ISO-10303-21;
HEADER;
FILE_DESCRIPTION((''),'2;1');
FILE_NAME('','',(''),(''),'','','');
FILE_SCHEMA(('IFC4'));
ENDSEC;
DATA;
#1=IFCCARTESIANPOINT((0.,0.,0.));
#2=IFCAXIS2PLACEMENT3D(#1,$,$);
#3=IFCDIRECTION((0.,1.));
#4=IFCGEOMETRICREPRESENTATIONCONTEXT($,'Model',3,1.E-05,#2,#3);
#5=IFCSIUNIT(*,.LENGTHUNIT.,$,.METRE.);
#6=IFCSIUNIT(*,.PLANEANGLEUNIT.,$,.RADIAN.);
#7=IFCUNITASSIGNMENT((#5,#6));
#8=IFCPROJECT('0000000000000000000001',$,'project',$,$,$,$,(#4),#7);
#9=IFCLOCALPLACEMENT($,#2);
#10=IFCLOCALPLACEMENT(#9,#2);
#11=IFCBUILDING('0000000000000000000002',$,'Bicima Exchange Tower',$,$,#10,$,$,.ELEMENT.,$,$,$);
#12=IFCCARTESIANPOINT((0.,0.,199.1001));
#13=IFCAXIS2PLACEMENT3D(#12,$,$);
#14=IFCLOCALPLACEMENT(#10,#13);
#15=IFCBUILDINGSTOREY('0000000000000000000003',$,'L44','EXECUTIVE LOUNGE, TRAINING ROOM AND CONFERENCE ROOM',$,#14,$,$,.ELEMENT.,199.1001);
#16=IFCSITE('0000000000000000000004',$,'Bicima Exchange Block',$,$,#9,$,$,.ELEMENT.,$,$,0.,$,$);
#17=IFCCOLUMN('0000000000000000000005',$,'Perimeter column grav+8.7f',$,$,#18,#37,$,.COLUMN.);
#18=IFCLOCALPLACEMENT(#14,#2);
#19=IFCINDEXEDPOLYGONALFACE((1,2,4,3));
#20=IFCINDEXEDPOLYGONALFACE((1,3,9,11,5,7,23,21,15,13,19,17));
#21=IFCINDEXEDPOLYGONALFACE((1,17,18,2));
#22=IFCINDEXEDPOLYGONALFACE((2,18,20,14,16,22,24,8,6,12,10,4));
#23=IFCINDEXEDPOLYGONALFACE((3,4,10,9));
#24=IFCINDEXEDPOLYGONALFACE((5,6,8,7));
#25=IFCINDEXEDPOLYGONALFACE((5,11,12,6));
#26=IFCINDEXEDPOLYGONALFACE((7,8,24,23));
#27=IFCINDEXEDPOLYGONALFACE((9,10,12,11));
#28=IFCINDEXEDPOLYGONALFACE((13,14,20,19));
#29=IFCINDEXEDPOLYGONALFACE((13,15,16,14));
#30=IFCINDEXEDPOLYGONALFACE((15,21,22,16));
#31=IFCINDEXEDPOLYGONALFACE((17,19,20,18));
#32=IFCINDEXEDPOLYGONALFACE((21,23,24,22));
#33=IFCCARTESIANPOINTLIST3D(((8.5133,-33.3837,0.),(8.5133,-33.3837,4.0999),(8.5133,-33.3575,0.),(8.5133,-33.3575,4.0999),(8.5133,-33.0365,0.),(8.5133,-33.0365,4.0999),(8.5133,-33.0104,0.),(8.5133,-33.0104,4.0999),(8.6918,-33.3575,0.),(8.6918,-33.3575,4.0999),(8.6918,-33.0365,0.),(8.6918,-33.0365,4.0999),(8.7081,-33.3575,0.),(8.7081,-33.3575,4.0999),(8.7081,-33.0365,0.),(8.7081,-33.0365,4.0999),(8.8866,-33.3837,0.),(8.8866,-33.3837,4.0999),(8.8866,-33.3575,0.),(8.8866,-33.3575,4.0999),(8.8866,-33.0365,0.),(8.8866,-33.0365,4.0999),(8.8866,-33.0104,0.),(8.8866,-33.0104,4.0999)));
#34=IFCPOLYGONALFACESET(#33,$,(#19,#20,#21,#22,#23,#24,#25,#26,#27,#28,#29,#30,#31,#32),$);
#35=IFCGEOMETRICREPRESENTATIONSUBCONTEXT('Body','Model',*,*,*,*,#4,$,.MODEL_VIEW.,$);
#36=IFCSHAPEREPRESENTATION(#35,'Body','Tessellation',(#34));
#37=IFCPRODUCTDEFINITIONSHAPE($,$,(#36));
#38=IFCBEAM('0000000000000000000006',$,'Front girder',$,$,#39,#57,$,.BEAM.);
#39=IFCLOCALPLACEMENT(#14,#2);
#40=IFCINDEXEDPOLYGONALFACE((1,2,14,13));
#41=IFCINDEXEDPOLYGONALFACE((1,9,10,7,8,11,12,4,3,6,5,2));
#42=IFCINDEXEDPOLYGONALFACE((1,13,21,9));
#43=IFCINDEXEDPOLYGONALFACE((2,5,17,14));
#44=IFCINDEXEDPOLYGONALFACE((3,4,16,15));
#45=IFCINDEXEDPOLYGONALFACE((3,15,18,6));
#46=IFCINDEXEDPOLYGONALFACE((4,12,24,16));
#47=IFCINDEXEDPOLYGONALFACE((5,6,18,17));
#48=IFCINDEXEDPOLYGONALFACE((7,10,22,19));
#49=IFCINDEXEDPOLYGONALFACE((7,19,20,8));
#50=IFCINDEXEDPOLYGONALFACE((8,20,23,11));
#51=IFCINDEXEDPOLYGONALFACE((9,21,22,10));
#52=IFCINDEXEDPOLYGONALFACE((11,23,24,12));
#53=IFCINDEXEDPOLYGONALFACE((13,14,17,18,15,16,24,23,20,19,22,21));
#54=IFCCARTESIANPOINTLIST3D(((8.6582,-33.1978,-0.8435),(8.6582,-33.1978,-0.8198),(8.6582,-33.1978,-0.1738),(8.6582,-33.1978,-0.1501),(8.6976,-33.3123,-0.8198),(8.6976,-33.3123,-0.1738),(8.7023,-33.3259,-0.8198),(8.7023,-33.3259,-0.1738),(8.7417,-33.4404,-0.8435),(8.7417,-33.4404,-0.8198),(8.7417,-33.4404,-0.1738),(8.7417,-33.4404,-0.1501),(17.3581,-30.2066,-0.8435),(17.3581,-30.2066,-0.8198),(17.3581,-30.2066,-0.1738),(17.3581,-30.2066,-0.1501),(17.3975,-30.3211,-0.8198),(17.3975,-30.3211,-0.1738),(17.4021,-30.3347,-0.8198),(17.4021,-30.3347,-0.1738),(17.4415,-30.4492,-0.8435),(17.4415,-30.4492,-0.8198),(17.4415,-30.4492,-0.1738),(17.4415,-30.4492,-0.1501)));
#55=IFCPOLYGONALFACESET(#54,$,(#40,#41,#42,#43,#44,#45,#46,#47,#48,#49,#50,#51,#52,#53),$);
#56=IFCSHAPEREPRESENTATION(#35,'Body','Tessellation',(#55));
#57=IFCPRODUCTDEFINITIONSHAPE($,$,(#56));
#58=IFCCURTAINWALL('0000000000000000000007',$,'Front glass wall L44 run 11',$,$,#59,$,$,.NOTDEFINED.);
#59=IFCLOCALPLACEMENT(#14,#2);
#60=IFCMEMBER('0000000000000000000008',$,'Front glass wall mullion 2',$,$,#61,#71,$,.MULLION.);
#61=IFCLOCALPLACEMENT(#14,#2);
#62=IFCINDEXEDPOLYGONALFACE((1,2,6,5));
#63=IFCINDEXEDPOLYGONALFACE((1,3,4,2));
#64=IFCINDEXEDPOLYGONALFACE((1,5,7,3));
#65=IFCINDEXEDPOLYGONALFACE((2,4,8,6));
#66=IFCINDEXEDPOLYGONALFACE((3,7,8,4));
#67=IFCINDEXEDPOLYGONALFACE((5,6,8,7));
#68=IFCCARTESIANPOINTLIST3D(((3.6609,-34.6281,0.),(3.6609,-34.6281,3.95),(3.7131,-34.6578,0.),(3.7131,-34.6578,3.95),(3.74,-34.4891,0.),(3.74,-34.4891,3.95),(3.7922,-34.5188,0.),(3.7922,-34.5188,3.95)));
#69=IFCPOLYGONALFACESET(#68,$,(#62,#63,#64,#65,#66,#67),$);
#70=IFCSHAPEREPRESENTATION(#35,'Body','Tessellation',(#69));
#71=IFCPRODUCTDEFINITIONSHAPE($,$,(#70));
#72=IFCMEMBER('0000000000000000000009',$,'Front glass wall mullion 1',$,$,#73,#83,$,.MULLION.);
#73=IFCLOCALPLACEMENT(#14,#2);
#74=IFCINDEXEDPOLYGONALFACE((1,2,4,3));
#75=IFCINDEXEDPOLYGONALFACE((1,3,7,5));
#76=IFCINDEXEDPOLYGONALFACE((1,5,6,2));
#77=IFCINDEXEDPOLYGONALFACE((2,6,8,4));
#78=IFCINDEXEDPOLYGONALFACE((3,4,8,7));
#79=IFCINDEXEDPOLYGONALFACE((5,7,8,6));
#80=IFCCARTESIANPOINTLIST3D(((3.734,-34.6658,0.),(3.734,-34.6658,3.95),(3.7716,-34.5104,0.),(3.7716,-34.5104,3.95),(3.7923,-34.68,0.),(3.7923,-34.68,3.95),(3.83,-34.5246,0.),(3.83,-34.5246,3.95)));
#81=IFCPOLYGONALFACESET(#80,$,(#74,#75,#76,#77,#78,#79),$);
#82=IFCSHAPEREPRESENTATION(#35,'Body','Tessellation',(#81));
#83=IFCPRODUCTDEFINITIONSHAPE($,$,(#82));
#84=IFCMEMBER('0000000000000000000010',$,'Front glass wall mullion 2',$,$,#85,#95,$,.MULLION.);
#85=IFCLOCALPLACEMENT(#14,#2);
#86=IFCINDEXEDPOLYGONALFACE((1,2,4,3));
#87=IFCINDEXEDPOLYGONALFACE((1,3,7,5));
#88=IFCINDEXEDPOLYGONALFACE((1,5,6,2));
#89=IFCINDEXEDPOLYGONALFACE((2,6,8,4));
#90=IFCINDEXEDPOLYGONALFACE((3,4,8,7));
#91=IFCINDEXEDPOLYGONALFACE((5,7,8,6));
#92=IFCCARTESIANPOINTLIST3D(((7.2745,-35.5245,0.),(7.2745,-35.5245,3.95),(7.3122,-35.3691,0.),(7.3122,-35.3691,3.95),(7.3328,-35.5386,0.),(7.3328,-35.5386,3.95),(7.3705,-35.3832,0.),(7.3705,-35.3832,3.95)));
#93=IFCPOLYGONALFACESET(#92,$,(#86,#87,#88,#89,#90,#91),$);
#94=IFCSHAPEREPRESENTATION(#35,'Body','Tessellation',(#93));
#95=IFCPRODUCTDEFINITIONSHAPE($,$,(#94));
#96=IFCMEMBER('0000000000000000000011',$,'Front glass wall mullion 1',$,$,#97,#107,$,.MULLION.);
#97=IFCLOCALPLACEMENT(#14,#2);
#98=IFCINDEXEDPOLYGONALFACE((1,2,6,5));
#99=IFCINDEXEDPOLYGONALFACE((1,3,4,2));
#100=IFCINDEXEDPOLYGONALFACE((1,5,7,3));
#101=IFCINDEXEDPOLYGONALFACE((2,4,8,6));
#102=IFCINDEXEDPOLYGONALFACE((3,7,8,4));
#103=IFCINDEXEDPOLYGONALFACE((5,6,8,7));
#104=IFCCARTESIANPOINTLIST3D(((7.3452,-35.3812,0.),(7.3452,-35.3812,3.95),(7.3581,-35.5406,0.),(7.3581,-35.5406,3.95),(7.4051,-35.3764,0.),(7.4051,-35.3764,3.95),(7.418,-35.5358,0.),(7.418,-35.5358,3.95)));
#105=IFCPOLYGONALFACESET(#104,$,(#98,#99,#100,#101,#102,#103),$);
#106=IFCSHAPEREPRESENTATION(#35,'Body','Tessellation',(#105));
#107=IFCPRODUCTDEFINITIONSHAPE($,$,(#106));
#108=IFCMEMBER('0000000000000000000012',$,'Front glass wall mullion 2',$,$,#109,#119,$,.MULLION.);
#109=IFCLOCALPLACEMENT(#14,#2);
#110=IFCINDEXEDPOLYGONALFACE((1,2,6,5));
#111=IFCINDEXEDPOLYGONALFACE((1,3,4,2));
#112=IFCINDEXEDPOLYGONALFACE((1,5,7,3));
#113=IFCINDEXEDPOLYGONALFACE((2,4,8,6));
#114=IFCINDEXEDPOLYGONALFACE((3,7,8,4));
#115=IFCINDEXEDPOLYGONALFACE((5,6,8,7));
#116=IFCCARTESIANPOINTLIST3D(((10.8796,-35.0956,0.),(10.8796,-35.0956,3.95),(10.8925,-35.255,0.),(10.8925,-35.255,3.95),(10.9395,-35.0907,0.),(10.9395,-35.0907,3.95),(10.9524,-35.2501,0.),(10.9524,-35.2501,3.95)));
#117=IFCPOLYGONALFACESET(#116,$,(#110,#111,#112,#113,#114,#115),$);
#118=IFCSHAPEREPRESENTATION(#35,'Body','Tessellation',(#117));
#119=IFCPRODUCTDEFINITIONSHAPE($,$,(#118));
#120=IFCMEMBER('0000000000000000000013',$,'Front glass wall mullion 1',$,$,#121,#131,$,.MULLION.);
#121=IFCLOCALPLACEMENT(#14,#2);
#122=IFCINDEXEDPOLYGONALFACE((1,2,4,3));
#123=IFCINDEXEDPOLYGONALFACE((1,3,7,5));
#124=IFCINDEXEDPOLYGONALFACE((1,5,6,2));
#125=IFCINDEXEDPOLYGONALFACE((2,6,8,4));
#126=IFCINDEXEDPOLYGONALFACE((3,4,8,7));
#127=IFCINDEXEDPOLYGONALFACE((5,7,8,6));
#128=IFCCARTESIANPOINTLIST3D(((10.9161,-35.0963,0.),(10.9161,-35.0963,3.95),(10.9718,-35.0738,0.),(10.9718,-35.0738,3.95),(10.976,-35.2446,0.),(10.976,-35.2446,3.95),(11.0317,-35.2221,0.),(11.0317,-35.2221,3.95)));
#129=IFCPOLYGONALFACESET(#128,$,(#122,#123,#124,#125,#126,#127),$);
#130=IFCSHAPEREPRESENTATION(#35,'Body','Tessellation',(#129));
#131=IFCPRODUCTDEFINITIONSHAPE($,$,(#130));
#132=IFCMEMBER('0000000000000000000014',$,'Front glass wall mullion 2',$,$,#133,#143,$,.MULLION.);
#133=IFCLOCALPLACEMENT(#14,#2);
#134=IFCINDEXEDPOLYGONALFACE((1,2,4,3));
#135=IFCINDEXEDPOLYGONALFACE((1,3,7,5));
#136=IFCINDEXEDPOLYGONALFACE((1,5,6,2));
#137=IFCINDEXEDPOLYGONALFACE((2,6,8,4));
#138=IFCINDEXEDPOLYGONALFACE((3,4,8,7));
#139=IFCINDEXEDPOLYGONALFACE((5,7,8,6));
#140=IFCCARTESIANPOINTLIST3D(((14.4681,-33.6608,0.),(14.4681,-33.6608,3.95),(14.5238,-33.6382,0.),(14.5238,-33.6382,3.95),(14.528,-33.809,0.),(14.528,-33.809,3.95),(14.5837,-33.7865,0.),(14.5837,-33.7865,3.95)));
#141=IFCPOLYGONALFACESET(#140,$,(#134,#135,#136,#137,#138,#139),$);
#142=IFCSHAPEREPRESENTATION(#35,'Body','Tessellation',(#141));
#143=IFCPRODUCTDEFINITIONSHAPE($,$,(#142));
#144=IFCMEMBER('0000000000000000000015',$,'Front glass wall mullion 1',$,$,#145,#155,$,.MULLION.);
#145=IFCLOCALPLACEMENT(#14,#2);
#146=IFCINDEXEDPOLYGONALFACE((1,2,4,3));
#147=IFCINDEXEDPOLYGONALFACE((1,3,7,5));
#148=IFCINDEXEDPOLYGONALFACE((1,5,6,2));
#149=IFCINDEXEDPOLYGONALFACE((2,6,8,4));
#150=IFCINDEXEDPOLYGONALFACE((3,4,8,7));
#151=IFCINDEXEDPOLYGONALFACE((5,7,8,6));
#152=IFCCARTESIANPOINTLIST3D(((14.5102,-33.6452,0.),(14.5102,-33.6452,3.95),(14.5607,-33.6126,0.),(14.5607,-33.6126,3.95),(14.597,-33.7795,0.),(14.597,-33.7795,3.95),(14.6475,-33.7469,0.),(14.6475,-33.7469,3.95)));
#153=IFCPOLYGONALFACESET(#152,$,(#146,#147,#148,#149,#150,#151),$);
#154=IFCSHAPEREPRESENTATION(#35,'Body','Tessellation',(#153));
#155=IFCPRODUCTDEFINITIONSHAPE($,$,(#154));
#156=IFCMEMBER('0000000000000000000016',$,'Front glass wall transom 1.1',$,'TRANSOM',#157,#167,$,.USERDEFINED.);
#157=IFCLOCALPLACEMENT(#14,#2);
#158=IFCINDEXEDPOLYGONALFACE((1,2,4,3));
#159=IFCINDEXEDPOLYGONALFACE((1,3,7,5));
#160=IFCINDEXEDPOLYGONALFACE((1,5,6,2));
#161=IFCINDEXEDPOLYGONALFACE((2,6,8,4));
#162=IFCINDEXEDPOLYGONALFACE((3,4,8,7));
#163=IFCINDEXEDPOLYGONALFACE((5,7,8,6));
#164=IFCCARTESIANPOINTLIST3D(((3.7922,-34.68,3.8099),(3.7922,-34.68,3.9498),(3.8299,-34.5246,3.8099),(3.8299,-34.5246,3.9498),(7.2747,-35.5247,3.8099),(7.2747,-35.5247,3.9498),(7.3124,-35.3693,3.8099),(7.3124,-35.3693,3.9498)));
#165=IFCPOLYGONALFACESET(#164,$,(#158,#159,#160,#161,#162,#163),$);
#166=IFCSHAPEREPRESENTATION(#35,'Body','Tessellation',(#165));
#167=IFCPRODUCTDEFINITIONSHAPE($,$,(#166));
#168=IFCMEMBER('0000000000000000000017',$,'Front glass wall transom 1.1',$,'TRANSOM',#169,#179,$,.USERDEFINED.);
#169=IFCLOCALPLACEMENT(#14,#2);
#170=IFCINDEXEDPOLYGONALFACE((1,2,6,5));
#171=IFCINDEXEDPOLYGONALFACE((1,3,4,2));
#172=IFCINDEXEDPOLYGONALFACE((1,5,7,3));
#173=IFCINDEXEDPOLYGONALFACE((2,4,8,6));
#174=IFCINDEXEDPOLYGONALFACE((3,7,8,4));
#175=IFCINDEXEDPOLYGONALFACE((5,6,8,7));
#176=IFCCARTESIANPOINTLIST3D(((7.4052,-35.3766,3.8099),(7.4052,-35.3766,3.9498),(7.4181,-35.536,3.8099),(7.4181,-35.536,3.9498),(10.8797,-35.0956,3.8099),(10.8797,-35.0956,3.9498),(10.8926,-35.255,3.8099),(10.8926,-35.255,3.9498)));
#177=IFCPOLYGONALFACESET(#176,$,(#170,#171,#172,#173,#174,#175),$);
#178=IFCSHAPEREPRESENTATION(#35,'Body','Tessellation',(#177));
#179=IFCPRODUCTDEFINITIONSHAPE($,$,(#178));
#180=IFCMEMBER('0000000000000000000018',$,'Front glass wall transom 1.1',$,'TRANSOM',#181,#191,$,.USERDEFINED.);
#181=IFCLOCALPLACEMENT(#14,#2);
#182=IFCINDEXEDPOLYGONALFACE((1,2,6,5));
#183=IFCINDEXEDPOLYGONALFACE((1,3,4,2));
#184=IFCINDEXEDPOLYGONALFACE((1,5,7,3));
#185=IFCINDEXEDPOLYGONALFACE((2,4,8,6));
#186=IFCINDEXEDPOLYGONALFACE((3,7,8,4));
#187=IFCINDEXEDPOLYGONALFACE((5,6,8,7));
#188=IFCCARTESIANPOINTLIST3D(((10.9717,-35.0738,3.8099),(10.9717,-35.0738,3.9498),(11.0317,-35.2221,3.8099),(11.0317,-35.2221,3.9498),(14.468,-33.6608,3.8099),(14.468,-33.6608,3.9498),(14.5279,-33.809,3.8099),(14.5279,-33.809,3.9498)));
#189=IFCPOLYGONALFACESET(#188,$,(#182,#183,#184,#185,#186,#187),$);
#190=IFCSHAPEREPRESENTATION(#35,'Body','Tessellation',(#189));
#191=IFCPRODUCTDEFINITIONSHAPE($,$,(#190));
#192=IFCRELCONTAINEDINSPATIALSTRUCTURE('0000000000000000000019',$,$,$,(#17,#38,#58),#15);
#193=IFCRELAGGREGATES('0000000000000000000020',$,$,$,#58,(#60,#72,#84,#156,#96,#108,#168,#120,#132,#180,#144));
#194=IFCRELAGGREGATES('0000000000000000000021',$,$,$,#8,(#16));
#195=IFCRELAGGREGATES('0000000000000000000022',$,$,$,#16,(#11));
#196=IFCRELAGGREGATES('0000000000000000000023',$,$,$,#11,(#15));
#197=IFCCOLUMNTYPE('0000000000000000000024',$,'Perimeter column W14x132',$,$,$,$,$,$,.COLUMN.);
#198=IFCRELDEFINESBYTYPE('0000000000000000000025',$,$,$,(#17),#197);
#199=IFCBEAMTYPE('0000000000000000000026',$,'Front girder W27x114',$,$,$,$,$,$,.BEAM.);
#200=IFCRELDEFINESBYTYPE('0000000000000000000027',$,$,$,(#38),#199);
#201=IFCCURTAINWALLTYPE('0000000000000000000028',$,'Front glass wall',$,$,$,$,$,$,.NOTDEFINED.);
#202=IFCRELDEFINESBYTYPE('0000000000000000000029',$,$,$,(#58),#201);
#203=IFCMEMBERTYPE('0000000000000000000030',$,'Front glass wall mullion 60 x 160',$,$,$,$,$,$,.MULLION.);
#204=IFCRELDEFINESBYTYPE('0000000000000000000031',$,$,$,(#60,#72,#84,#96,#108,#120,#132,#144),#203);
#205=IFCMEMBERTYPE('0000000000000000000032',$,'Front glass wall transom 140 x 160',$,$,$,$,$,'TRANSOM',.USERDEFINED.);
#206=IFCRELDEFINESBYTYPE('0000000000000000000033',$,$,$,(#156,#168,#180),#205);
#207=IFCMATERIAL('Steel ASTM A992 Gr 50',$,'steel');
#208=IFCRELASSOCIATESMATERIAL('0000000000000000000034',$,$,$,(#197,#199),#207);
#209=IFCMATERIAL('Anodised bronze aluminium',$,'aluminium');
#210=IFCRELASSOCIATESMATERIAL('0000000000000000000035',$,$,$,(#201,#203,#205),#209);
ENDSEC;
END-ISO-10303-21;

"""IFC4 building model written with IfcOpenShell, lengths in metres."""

from ifc_helpers import new_model, si_unit, direction, frame, origin, origin_2d, place, context, subcontext, project, spatial, rectangle, i_section, extrude, material, material_profile, profile_set, type_object, element, aggregate, save


model = new_model("IFC4")

# Units and contexts
model_context = context("Model", 3, precision=1e-05, world=origin(), true_north=direction((0.0, 1.0)))
body_context = subcontext(model_context, "Body", "Model", "MODEL_VIEW")
ifc_project = project(units=[si_unit("LENGTHUNIT", "METRE"), si_unit("PLANEANGLEUNIT", "RADIAN")], contexts=[model_context])

# Site, building, storey
site_placement = place(None, origin())
site = spatial("IfcSite", under=ifc_project, at=site_placement, Name="Bicima Exchange Block", CompositionType="ELEMENT", RefElevation=0.0)
building_placement = place(site_placement, origin())
building = spatial("IfcBuilding", under=site, at=building_placement, Name="Bicima Exchange Tower", CompositionType="ELEMENT")
storey_placement = place(building_placement, frame((0.0, 0.0, 199.1001)))
storey = spatial("IfcBuildingStorey", under=building, at=storey_placement, Name="L44", Description="EXECUTIVE LOUNGE, TRAINING ROOM AND CONFERENCE ROOM", CompositionType="ELEMENT", Elevation=199.1001)

# Column
ifc_material_1 = material(Name="Steel ASTM A992 Gr 50", Category="steel")
ifc_material_profile_1 = material_profile(ifc_material_1, i_section(OverallWidth=0.3733, OverallDepth=0.3733, WebThickness=0.0164, FlangeThickness=0.0261, at=origin_2d()))
ifc_profile_set_1 = profile_set([ifc_material_profile_1], Name="Steel ASTM A992 Gr 50")
column_type = type_object("IfcColumnType", Name="Perimeter column W14x132", PredefinedType="COLUMN", material=ifc_profile_set_1)
column_placement = place(storey_placement, frame((8.7, -33.197, 0.0), z_axis=(0.0, 0.0, 1.0), x_axis=(1.0, 0.0, 0.0)))
element("IfcColumn", 1, at=column_placement, inside=storey, type_object=column_type, Name="Perimeter column grav+8.7f", PredefinedType="COLUMN", context=body_context, shape_type="SweptSolid", body=[
    extrude(i_section(OverallWidth=0.3733, OverallDepth=0.3733, WebThickness=0.0164, FlangeThickness=0.0261, at=origin_2d()), origin(), (0.0, 0.0, 1.0), 4.0999),
])

# Beam
ifc_material_profile_2 = material_profile(ifc_material_1, i_section(OverallWidth=0.2566, OverallDepth=0.6934, WebThickness=0.0144, FlangeThickness=0.0237, at=origin_2d()))
ifc_profile_set_2 = profile_set([ifc_material_profile_2], Name="Steel ASTM A992 Gr 50")
beam_type = type_object("IfcBeamType", Name="Front girder W27x114", PredefinedType="BEAM", material=ifc_profile_set_2)
beam_placement = place(storey_placement, frame((8.7, -33.3191, -0.4968), z_axis=(0.945666, 0.325138, 0.0), x_axis=(-0.325138, 0.945666, 0.0)))
element("IfcBeam", 2, at=beam_placement, inside=storey, type_object=beam_type, Name="Front girder", PredefinedType="BEAM", context=body_context, shape_type="SweptSolid", body=[
    extrude(i_section(OverallWidth=0.2566, OverallDepth=0.6934, WebThickness=0.0144, FlangeThickness=0.0237, at=origin_2d()), origin(), (0.0, 0.0, 1.0), 9.1997),
])

# Curtain wall, members
ifc_material_2 = material(Name="Anodised bronze aluminium", Category="aluminium")
curtain_wall_type = type_object("IfcCurtainWallType", Name="Front glass wall", PredefinedType="NOTDEFINED", material=ifc_material_2)
curtain_wall_placement = place(storey_placement, origin())
curtain_wall = element("IfcCurtainWall", 3, at=curtain_wall_placement, inside=storey, type_object=curtain_wall_type, Name="Front glass wall L44 run 11", PredefinedType="NOTDEFINED")
ifc_material_profile_3 = material_profile(ifc_material_2, rectangle(XDim=0.1599, YDim=0.0601, at=origin_2d()))
ifc_profile_set_3 = profile_set([ifc_material_profile_3], Name="Anodised bronze aluminium")
member_type_1 = type_object("IfcMemberType", Name="Front glass wall mullion 60 x 160", PredefinedType="MULLION", material=ifc_profile_set_3)
member_1_placement = place(storey_placement, frame((3.7266, -34.5735, 0.0), z_axis=(0.0, 0.0, 1.0), x_axis=(0.49433, 0.869274, 0.0)))
member_1 = element("IfcMember", 4, at=member_1_placement, type_object=member_type_1, Name="Front glass wall mullion 2", PredefinedType="MULLION", context=body_context, shape_type="SweptSolid", body=[
    extrude(rectangle(XDim=0.1599, YDim=0.0601, at=origin_2d()), origin(), (0.0, 0.0, 1.0), 3.95),
])
member_2_placement = place(storey_placement, frame((3.782, -34.5952, 0.0), z_axis=(0.0, 0.0, 1.0), x_axis=(0.235682, 0.97183, 0.0)))
member_2 = element("IfcMember", 5, at=member_2_placement, type_object=member_type_1, Name="Front glass wall mullion 1", PredefinedType="MULLION", context=body_context, shape_type="SweptSolid", body=[
    extrude(rectangle(XDim=0.1599, YDim=0.0601, at=origin_2d()), origin(), (0.0, 0.0, 1.0), 3.95),
])
member_3_placement = place(storey_placement, frame((7.3225, -35.4539, 0.0), z_axis=(0.0, 0.0, 1.0), x_axis=(0.235682, 0.97183, 0.0)))
member_3 = element("IfcMember", 6, at=member_3_placement, type_object=member_type_1, Name="Front glass wall mullion 2", PredefinedType="MULLION", context=body_context, shape_type="SweptSolid", body=[
    extrude(rectangle(XDim=0.1599, YDim=0.0601, at=origin_2d()), origin(), (0.0, 0.0, 1.0), 3.95),
])
member_4_placement = place(storey_placement, frame((7.3816, -35.4585, 0.0), z_axis=(0.0, 0.0, 1.0), x_axis=(-0.080589, 0.996747, 0.0)))
member_4 = element("IfcMember", 7, at=member_4_placement, type_object=member_type_1, Name="Front glass wall mullion 1", PredefinedType="MULLION", context=body_context, shape_type="SweptSolid", body=[
    extrude(rectangle(XDim=0.1599, YDim=0.0601, at=origin_2d()), origin(), (0.0, 0.0, 1.0), 3.95),
])
member_5_placement = place(storey_placement, frame((10.916, -35.1729, 0.0), z_axis=(0.0, 0.0, 1.0), x_axis=(-0.080589, 0.996747, 0.0)))
member_5 = element("IfcMember", 8, at=member_5_placement, type_object=member_type_1, Name="Front glass wall mullion 2", PredefinedType="MULLION", context=body_context, shape_type="SweptSolid", body=[
    extrude(rectangle(XDim=0.1599, YDim=0.0601, at=origin_2d()), origin(), (0.0, 0.0, 1.0), 3.95),
])
member_6_placement = place(storey_placement, frame((10.9739, -35.1592, 0.0), z_axis=(0.0, 0.0, 1.0), x_axis=(-0.374705, 0.927144, 0.0)))
member_6 = element("IfcMember", 9, at=member_6_placement, type_object=member_type_1, Name="Front glass wall mullion 1", PredefinedType="MULLION", context=body_context, shape_type="SweptSolid", body=[
    extrude(rectangle(XDim=0.1599, YDim=0.0601, at=origin_2d()), origin(), (0.0, 0.0, 1.0), 3.95),
])
member_7_placement = place(storey_placement, frame((14.5259, -33.7236, 0.0), z_axis=(0.0, 0.0, 1.0), x_axis=(-0.374705, 0.927144, 0.0)))
member_7 = element("IfcMember", 10, at=member_7_placement, type_object=member_type_1, Name="Front glass wall mullion 2", PredefinedType="MULLION", context=body_context, shape_type="SweptSolid", body=[
    extrude(rectangle(XDim=0.1599, YDim=0.0601, at=origin_2d()), origin(), (0.0, 0.0, 1.0), 3.95),
])
member_8_placement = place(storey_placement, frame((14.5789, -33.696, 0.0), z_axis=(0.0, 0.0, 1.0), x_axis=(-0.542909, 0.839791, 0.0)))
member_8 = element("IfcMember", 11, at=member_8_placement, type_object=member_type_1, Name="Front glass wall mullion 1", PredefinedType="MULLION", context=body_context, shape_type="SweptSolid", body=[
    extrude(rectangle(XDim=0.1599, YDim=0.0601, at=origin_2d()), origin(), (0.0, 0.0, 1.0), 3.95),
])
ifc_material_profile_4 = material_profile(ifc_material_2, rectangle(XDim=0.1599, YDim=0.1399, at=origin_2d()))
ifc_profile_set_4 = profile_set([ifc_material_profile_4], Name="Anodised bronze aluminium")
member_type_2 = type_object("IfcMemberType", Name="Front glass wall transom 140 x 160", ElementType="TRANSOM", PredefinedType="USERDEFINED", material=ifc_profile_set_4)
member_9_placement = place(storey_placement, frame((3.811, -34.6023, 3.8799), z_axis=(0.971818, -0.235733, 0.0), x_axis=(0.235733, 0.971818, 0.0)))
member_9 = element("IfcMember", 12, at=member_9_placement, type_object=member_type_2, Name="Front glass wall transom 1.1", ObjectType="TRANSOM", PredefinedType="USERDEFINED", context=body_context, shape_type="SweptSolid", body=[
    extrude(rectangle(XDim=0.1599, YDim=0.1399, at=origin_2d()), origin(), (0.0, 0.0, 1.0), 3.5835),
])
member_10_placement = place(storey_placement, frame((7.4116, -35.4563, 3.8799), z_axis=(0.996746, 0.080611, 0.0), x_axis=(-0.080611, 0.996746, 0.0)))
member_10 = element("IfcMember", 13, at=member_10_placement, type_object=member_type_2, Name="Front glass wall transom 1.1", ObjectType="TRANSOM", PredefinedType="USERDEFINED", context=body_context, shape_type="SweptSolid", body=[
    extrude(rectangle(XDim=0.1599, YDim=0.1399, at=origin_2d()), origin(), (0.0, 0.0, 1.0), 3.4858),
])
member_11_placement = place(storey_placement, frame((11.0017, -35.1479, 3.8799), z_axis=(0.92714, 0.374715, 0.0), x_axis=(-0.374715, 0.92714, 0.0)))
member_11 = element("IfcMember", 14, at=member_11_placement, type_object=member_type_2, Name="Front glass wall transom 1.1", ObjectType="TRANSOM", PredefinedType="USERDEFINED", context=body_context, shape_type="SweptSolid", body=[
    extrude(rectangle(XDim=0.1599, YDim=0.1399, at=origin_2d()), origin(), (0.0, 0.0, 1.0), 3.771),
])
aggregate(curtain_wall, [member_1, member_2, member_3, member_9, member_4, member_5, member_10, member_6, member_7, member_11, member_8])

save(model, "model.ifc")
